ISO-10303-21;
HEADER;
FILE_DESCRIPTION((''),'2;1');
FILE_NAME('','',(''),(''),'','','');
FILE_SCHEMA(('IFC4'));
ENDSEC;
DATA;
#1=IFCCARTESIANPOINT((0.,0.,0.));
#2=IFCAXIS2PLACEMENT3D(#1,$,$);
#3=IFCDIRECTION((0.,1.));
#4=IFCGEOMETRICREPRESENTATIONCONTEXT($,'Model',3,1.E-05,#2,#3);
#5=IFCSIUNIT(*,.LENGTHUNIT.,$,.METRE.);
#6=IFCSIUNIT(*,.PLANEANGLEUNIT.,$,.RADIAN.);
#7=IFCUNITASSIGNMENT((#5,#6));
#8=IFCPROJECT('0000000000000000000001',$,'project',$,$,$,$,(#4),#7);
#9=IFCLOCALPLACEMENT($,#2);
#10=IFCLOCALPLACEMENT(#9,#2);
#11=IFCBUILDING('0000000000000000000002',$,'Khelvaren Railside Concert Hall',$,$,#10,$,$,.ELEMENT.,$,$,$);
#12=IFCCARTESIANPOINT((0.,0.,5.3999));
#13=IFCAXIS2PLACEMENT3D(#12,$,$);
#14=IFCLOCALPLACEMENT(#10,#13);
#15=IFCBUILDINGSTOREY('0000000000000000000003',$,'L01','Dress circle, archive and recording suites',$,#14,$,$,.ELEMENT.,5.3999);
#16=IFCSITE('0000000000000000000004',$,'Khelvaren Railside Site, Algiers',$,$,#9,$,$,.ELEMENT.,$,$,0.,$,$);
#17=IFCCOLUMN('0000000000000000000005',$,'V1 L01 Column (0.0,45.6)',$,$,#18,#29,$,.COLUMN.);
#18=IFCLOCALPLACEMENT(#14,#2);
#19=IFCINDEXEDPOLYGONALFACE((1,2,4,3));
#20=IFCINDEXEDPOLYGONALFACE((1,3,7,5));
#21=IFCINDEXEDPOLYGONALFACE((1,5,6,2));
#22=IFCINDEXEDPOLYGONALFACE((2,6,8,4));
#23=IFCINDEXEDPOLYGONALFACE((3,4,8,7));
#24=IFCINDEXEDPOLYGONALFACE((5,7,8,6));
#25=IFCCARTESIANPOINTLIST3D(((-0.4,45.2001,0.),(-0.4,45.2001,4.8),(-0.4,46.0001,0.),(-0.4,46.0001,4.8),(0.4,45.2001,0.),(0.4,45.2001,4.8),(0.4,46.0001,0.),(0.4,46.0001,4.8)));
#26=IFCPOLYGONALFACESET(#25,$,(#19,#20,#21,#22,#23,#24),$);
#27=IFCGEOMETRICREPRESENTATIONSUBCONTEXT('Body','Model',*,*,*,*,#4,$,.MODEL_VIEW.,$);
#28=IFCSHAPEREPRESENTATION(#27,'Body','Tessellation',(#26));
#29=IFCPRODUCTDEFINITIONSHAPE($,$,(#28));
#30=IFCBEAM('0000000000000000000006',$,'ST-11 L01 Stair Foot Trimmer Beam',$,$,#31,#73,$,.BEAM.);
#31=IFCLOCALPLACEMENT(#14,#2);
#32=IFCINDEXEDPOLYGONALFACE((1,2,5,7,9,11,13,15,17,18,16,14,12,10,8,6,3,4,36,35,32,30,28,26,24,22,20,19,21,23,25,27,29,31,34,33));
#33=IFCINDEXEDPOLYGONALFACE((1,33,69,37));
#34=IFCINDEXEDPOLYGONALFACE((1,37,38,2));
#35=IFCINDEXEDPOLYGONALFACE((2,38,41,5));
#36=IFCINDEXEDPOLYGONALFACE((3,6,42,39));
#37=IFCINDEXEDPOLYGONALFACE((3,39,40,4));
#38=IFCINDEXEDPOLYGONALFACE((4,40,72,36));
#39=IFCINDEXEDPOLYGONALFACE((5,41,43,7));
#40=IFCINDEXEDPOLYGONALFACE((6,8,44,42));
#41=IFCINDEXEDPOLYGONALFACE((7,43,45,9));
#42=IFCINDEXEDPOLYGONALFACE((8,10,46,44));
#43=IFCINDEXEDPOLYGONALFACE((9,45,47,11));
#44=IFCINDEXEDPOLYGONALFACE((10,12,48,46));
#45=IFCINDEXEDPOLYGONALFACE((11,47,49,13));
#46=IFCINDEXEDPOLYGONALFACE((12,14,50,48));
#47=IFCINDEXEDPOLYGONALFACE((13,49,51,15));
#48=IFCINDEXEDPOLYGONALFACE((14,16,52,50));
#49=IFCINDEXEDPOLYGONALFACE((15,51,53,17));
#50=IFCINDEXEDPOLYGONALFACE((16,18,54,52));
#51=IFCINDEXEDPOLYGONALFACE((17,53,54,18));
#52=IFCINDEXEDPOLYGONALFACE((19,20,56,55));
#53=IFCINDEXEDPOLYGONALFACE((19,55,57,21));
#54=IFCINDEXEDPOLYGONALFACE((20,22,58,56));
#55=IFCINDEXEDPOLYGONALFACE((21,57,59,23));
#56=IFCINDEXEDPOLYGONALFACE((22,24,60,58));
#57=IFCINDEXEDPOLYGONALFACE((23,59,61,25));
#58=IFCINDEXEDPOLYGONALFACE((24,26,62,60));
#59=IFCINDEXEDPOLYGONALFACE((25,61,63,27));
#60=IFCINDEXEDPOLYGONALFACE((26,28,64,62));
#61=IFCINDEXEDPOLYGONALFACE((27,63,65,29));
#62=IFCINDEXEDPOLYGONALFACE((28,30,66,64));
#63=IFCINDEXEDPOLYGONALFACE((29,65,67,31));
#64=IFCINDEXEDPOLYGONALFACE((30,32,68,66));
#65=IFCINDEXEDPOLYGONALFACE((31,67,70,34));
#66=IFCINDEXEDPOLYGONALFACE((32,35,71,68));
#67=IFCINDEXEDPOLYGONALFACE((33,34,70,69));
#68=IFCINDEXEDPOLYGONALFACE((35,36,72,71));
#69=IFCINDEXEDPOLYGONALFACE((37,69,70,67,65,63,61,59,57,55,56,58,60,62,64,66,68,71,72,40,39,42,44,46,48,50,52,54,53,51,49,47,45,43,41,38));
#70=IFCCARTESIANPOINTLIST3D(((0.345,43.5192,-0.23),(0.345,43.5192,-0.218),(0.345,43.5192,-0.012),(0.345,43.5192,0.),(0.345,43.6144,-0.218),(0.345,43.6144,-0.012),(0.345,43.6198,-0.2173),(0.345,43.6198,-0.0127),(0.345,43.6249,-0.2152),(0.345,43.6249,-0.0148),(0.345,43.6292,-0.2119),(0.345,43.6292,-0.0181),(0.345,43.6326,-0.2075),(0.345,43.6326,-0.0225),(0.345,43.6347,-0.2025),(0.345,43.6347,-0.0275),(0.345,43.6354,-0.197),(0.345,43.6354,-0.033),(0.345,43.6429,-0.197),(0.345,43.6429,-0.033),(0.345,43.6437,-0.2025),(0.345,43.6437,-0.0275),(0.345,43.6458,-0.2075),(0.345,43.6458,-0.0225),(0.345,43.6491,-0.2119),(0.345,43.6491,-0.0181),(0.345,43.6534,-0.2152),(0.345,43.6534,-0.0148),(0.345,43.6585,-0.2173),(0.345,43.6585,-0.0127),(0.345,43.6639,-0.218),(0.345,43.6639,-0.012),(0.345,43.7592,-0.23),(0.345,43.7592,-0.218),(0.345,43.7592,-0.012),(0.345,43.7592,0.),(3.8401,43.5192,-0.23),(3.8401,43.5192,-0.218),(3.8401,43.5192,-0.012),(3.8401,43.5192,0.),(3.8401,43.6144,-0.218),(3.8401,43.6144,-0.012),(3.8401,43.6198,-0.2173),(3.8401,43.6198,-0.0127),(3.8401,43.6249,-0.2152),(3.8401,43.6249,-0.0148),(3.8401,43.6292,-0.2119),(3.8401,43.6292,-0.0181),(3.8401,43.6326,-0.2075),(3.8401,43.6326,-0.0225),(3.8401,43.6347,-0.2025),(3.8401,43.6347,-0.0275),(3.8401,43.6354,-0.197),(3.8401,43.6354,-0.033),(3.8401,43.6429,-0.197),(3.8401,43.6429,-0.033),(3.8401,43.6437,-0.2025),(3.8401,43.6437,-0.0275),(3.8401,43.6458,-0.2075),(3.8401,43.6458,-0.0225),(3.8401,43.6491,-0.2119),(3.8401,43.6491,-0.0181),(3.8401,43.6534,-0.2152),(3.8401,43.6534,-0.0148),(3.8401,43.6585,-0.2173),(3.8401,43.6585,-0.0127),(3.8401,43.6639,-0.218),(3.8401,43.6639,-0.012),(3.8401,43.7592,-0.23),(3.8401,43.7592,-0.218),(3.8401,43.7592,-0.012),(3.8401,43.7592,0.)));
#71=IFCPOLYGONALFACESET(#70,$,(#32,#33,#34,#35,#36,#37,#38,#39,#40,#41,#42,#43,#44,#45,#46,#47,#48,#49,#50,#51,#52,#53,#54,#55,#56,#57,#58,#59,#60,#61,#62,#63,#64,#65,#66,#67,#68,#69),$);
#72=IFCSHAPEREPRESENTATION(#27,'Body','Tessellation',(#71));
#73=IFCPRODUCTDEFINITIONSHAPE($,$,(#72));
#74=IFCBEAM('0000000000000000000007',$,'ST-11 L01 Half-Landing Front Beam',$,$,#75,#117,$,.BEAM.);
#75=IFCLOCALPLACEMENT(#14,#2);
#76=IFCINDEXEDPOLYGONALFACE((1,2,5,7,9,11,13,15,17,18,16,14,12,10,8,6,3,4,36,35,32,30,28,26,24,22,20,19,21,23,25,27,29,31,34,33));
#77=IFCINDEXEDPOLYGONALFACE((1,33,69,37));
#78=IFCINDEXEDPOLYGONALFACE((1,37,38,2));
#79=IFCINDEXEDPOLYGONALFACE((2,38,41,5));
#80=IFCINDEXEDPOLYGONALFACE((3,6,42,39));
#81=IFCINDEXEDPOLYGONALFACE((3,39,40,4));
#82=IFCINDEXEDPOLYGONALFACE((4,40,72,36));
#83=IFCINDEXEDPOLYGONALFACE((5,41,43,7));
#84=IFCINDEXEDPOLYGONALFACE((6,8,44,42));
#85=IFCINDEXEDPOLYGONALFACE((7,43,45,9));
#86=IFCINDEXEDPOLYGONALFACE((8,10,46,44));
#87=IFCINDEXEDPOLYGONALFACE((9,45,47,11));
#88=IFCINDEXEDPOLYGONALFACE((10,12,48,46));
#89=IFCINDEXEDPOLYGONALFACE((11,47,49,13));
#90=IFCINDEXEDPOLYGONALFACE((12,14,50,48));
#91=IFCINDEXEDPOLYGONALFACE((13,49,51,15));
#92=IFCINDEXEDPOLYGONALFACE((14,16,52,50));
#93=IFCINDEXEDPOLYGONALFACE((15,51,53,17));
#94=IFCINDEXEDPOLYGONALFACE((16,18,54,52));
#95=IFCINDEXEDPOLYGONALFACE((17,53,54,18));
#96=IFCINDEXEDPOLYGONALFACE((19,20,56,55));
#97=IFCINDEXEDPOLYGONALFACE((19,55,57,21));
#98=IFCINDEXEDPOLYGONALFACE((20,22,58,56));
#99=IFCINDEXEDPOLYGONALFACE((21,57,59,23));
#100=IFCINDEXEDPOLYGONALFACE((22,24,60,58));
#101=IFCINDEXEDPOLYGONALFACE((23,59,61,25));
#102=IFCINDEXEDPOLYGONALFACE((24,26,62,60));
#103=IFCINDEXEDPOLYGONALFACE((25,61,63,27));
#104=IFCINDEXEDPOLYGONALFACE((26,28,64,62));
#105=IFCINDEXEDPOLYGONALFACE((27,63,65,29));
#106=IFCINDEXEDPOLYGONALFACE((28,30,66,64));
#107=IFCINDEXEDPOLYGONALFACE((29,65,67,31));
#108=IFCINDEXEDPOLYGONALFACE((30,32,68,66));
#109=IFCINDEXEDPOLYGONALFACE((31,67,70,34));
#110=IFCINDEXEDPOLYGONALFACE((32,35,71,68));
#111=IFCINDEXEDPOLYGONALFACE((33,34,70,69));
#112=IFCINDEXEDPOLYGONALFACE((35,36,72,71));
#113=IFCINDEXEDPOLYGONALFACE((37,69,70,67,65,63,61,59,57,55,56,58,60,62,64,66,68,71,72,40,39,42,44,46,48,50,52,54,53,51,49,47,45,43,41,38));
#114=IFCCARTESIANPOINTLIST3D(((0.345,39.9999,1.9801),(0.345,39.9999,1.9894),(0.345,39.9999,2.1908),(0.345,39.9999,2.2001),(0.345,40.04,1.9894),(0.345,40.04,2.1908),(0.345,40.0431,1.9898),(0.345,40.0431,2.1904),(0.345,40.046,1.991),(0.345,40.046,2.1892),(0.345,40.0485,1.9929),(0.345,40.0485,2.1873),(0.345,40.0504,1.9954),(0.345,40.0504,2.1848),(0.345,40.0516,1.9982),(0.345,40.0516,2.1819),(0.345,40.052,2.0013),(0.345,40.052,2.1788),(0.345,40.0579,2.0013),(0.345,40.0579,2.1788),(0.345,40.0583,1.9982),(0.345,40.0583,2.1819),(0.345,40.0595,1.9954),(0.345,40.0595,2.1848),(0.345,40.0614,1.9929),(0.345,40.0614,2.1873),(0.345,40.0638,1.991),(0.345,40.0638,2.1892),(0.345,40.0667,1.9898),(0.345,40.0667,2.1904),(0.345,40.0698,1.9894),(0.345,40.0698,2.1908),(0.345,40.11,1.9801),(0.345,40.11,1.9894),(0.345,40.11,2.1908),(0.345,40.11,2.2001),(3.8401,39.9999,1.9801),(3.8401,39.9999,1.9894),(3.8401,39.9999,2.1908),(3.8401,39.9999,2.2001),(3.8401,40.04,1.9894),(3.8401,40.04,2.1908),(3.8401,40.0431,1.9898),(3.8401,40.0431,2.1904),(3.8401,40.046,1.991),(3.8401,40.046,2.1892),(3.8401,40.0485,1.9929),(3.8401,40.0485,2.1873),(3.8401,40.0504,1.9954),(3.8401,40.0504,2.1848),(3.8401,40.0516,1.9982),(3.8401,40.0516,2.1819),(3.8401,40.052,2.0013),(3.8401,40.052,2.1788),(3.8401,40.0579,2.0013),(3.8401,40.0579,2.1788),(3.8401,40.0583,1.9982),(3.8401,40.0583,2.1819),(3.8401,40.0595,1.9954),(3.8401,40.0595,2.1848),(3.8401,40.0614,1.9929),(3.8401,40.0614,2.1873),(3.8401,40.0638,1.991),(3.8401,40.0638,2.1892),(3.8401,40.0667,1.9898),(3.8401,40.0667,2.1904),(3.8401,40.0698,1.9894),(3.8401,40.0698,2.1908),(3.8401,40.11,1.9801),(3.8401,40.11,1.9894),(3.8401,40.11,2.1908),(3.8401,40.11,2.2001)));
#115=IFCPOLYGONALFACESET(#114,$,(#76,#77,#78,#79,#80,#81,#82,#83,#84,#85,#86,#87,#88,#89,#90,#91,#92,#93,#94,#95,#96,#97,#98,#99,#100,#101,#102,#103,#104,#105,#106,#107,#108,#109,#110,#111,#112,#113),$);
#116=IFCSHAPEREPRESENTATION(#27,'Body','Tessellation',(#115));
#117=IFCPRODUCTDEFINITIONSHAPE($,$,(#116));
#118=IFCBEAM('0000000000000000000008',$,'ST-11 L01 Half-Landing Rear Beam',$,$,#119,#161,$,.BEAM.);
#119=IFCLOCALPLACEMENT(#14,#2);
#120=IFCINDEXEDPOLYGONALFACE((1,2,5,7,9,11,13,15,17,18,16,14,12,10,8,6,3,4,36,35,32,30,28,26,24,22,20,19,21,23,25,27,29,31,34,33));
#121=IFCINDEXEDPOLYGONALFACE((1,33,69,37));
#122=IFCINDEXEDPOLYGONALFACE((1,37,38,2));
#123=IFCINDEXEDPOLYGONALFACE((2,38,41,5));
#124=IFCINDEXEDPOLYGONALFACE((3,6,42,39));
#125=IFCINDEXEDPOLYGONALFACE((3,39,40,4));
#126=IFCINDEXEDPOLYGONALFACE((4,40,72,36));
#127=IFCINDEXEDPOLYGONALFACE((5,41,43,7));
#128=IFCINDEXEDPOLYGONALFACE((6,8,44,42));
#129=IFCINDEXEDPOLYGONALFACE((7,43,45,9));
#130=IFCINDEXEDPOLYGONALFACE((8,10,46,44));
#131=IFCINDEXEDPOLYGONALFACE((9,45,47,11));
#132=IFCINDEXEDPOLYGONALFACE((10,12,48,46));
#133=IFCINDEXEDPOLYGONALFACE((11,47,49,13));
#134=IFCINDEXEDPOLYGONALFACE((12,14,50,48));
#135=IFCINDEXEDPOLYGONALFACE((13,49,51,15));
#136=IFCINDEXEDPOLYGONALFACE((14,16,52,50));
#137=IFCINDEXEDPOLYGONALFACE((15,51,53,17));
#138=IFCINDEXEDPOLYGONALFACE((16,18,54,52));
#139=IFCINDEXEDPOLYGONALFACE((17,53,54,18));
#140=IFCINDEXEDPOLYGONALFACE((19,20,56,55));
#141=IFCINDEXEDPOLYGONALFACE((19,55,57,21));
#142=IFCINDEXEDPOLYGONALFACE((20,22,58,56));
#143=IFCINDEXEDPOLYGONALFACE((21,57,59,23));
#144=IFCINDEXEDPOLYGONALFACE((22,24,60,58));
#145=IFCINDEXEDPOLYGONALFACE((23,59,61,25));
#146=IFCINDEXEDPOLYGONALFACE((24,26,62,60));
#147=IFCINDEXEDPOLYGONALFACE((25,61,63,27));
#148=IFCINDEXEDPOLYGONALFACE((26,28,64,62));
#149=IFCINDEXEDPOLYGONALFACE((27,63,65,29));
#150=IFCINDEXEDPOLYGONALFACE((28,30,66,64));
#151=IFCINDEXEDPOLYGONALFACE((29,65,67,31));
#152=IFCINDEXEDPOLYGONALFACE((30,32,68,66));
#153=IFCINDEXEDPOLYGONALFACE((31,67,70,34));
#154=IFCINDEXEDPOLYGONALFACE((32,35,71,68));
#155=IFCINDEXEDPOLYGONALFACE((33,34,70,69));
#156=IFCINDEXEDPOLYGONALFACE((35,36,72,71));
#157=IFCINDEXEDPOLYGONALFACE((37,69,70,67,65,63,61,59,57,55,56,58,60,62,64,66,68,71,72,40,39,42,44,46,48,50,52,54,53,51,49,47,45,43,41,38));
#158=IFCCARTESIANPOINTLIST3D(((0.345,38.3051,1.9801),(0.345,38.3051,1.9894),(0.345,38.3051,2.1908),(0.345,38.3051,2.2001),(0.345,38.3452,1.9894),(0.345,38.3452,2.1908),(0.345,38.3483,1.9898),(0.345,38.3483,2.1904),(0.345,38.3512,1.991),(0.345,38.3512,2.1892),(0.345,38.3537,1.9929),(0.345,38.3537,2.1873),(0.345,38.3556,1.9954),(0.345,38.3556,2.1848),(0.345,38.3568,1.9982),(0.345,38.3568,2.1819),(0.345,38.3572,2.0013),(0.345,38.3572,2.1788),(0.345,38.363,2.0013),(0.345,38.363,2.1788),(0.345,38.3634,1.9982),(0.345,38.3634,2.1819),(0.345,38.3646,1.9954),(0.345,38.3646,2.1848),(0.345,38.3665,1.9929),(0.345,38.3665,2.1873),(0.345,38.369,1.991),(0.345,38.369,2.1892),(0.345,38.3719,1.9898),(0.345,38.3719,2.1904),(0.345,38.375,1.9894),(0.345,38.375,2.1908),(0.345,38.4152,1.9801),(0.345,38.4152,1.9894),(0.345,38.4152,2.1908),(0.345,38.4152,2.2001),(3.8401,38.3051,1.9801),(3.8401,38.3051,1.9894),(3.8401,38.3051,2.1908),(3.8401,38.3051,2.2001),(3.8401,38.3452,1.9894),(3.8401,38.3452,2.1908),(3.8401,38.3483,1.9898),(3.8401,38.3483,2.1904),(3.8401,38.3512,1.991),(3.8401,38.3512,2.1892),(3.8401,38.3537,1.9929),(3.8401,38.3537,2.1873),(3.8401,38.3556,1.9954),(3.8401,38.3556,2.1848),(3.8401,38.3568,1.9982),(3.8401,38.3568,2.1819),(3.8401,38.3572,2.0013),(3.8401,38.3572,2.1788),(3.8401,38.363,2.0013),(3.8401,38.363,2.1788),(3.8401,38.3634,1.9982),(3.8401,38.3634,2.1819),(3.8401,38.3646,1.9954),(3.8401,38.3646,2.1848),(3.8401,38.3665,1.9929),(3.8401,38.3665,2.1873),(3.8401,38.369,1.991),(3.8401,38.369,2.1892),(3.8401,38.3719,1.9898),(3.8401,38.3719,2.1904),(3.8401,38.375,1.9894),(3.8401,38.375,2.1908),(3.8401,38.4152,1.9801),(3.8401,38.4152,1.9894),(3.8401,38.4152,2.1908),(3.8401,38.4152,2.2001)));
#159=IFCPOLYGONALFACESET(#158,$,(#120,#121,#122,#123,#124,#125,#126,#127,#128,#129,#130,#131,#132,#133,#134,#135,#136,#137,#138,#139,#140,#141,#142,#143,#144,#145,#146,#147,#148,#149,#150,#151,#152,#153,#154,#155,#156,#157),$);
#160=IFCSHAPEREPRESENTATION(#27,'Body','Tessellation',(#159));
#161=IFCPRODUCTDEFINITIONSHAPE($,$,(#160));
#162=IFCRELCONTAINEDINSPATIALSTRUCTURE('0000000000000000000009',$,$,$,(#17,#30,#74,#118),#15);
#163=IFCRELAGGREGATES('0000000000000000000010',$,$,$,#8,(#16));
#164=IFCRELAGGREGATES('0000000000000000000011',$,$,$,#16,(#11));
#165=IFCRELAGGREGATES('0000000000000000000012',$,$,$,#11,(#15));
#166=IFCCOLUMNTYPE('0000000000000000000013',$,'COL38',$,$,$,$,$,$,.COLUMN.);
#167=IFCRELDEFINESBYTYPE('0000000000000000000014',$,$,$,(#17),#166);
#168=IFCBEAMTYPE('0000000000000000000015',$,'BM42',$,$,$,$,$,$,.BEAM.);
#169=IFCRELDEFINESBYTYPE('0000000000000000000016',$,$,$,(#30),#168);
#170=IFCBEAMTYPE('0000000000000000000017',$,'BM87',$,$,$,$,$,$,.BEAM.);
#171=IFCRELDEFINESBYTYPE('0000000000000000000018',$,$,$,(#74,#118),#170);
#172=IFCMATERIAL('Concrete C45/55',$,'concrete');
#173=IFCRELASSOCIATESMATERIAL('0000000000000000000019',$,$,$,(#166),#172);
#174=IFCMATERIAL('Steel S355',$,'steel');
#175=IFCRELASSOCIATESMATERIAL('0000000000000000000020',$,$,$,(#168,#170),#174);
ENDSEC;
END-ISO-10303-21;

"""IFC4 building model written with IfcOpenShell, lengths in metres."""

from ifc_helpers import new_model, si_unit, direction, frame, origin, origin_2d, place, context, subcontext, project, spatial, rectangle, i_section, extrude, material, material_profile, profile_set, type_object, element, save


model = new_model("IFC4")

# Units and contexts
model_context = context("Model", 3, precision=1e-05, world=origin(), true_north=direction((0.0, 1.0)))
body_context = subcontext(model_context, "Body", "Model", "MODEL_VIEW")
ifc_project = project(units=[si_unit("LENGTHUNIT", "METRE"), si_unit("PLANEANGLEUNIT", "RADIAN")], contexts=[model_context])

# Site, building, storey
site_placement = place(None, origin())
site = spatial("IfcSite", under=ifc_project, at=site_placement, Name="Khelvaren Railside Site, Algiers", CompositionType="ELEMENT", RefElevation=0.0)
building_placement = place(site_placement, origin())
building = spatial("IfcBuilding", under=site, at=building_placement, Name="Khelvaren Railside Concert Hall", CompositionType="ELEMENT")
storey_placement = place(building_placement, frame((0.0, 0.0, 5.3999)))
storey = spatial("IfcBuildingStorey", under=building, at=storey_placement, Name="L01", Description="Dress circle, archive and recording suites", CompositionType="ELEMENT", Elevation=5.3999)

# Column
ifc_material_1 = material(Name="Concrete C45/55", Category="concrete")
ifc_material_profile_1 = material_profile(ifc_material_1, rectangle(XDim=0.8, YDim=0.8, at=origin_2d()), Name="RC 800x800")
ifc_profile_set_1 = profile_set([ifc_material_profile_1], Name="Concrete C45/55")
column_type = type_object("IfcColumnType", Name="COL38", PredefinedType="COLUMN", material=ifc_profile_set_1)
column_placement = place(storey_placement, frame((0.0, 45.6001, 0.0), z_axis=(0.0, 0.0, 1.0), x_axis=(1.0, 0.0, 0.0)))
element("IfcColumn", 1, at=column_placement, inside=storey, type_object=column_type, Name="V1 L01 Column (0.0,45.6)", PredefinedType="COLUMN", context=body_context, shape_type="SweptSolid", body=[
    extrude(rectangle(XDim=0.8, YDim=0.8, at=origin_2d()), origin(), (0.0, 0.0, 1.0), 4.8),
])

# Beams
ifc_material_2 = material(Name="Steel S355", Category="steel")
ifc_material_profile_2 = material_profile(ifc_material_2, i_section(OverallWidth=0.24, OverallDepth=0.23, WebThickness=0.0076, FlangeThickness=0.012, FilletRadius=0.021, at=origin_2d()), Name="HEA 240")
ifc_profile_set_2 = profile_set([ifc_material_profile_2], Name="Steel S355")
beam_type_1 = type_object("IfcBeamType", Name="BM42", PredefinedType="BEAM", material=ifc_profile_set_2)
beam_1_placement = place(storey_placement, frame((0.345, 43.6392, -0.115), z_axis=(1.0, 0.0, 0.0), x_axis=(0.0, 1.0, 0.0)))
element("IfcBeam", 2, at=beam_1_placement, inside=storey, type_object=beam_type_1, Name="ST-11 L01 Stair Foot Trimmer Beam", PredefinedType="BEAM", context=body_context, shape_type="SweptSolid", body=[
    extrude(i_section(OverallWidth=0.24, OverallDepth=0.23, WebThickness=0.0076, FlangeThickness=0.012, FilletRadius=0.021, at=origin_2d()), origin(), (0.0, 0.0, 1.0), 3.4951),
])
ifc_material_profile_3 = material_profile(ifc_material_2, i_section(OverallWidth=0.1101, OverallDepth=0.22, WebThickness=0.0059, FlangeThickness=0.0093, FilletRadius=0.012, at=origin_2d()), Name="IPE 220")
ifc_profile_set_3 = profile_set([ifc_material_profile_3], Name="Steel S355")
beam_type_2 = type_object("IfcBeamType", Name="BM87", PredefinedType="BEAM", material=ifc_profile_set_3)
for number, where, z_axis, x_axis, name in (
    (3, (0.345, 40.0549, 2.0901), (1.0, 0.0, 0.0), (0.0, 1.0, 0.0), "ST-11 L01 Half-Landing Front Beam"),
    (4, (0.345, 38.3601, 2.0901), (1.0, 0.0, 0.0), (0.0, 1.0, 0.0), "ST-11 L01 Half-Landing Rear Beam"),
):
    element("IfcBeam", number, at=place(storey_placement, frame(where, z_axis=z_axis, x_axis=x_axis)), inside=storey, type_object=beam_type_2, Name=name, PredefinedType="BEAM", context=body_context, shape_type="SweptSolid", body=[
        extrude(i_section(OverallWidth=0.1101, OverallDepth=0.22, WebThickness=0.0059, FlangeThickness=0.0093, FilletRadius=0.012, at=origin_2d()), origin(), (0.0, 0.0, 1.0), 3.4951),
    ])

save(model, "model.ifc")
